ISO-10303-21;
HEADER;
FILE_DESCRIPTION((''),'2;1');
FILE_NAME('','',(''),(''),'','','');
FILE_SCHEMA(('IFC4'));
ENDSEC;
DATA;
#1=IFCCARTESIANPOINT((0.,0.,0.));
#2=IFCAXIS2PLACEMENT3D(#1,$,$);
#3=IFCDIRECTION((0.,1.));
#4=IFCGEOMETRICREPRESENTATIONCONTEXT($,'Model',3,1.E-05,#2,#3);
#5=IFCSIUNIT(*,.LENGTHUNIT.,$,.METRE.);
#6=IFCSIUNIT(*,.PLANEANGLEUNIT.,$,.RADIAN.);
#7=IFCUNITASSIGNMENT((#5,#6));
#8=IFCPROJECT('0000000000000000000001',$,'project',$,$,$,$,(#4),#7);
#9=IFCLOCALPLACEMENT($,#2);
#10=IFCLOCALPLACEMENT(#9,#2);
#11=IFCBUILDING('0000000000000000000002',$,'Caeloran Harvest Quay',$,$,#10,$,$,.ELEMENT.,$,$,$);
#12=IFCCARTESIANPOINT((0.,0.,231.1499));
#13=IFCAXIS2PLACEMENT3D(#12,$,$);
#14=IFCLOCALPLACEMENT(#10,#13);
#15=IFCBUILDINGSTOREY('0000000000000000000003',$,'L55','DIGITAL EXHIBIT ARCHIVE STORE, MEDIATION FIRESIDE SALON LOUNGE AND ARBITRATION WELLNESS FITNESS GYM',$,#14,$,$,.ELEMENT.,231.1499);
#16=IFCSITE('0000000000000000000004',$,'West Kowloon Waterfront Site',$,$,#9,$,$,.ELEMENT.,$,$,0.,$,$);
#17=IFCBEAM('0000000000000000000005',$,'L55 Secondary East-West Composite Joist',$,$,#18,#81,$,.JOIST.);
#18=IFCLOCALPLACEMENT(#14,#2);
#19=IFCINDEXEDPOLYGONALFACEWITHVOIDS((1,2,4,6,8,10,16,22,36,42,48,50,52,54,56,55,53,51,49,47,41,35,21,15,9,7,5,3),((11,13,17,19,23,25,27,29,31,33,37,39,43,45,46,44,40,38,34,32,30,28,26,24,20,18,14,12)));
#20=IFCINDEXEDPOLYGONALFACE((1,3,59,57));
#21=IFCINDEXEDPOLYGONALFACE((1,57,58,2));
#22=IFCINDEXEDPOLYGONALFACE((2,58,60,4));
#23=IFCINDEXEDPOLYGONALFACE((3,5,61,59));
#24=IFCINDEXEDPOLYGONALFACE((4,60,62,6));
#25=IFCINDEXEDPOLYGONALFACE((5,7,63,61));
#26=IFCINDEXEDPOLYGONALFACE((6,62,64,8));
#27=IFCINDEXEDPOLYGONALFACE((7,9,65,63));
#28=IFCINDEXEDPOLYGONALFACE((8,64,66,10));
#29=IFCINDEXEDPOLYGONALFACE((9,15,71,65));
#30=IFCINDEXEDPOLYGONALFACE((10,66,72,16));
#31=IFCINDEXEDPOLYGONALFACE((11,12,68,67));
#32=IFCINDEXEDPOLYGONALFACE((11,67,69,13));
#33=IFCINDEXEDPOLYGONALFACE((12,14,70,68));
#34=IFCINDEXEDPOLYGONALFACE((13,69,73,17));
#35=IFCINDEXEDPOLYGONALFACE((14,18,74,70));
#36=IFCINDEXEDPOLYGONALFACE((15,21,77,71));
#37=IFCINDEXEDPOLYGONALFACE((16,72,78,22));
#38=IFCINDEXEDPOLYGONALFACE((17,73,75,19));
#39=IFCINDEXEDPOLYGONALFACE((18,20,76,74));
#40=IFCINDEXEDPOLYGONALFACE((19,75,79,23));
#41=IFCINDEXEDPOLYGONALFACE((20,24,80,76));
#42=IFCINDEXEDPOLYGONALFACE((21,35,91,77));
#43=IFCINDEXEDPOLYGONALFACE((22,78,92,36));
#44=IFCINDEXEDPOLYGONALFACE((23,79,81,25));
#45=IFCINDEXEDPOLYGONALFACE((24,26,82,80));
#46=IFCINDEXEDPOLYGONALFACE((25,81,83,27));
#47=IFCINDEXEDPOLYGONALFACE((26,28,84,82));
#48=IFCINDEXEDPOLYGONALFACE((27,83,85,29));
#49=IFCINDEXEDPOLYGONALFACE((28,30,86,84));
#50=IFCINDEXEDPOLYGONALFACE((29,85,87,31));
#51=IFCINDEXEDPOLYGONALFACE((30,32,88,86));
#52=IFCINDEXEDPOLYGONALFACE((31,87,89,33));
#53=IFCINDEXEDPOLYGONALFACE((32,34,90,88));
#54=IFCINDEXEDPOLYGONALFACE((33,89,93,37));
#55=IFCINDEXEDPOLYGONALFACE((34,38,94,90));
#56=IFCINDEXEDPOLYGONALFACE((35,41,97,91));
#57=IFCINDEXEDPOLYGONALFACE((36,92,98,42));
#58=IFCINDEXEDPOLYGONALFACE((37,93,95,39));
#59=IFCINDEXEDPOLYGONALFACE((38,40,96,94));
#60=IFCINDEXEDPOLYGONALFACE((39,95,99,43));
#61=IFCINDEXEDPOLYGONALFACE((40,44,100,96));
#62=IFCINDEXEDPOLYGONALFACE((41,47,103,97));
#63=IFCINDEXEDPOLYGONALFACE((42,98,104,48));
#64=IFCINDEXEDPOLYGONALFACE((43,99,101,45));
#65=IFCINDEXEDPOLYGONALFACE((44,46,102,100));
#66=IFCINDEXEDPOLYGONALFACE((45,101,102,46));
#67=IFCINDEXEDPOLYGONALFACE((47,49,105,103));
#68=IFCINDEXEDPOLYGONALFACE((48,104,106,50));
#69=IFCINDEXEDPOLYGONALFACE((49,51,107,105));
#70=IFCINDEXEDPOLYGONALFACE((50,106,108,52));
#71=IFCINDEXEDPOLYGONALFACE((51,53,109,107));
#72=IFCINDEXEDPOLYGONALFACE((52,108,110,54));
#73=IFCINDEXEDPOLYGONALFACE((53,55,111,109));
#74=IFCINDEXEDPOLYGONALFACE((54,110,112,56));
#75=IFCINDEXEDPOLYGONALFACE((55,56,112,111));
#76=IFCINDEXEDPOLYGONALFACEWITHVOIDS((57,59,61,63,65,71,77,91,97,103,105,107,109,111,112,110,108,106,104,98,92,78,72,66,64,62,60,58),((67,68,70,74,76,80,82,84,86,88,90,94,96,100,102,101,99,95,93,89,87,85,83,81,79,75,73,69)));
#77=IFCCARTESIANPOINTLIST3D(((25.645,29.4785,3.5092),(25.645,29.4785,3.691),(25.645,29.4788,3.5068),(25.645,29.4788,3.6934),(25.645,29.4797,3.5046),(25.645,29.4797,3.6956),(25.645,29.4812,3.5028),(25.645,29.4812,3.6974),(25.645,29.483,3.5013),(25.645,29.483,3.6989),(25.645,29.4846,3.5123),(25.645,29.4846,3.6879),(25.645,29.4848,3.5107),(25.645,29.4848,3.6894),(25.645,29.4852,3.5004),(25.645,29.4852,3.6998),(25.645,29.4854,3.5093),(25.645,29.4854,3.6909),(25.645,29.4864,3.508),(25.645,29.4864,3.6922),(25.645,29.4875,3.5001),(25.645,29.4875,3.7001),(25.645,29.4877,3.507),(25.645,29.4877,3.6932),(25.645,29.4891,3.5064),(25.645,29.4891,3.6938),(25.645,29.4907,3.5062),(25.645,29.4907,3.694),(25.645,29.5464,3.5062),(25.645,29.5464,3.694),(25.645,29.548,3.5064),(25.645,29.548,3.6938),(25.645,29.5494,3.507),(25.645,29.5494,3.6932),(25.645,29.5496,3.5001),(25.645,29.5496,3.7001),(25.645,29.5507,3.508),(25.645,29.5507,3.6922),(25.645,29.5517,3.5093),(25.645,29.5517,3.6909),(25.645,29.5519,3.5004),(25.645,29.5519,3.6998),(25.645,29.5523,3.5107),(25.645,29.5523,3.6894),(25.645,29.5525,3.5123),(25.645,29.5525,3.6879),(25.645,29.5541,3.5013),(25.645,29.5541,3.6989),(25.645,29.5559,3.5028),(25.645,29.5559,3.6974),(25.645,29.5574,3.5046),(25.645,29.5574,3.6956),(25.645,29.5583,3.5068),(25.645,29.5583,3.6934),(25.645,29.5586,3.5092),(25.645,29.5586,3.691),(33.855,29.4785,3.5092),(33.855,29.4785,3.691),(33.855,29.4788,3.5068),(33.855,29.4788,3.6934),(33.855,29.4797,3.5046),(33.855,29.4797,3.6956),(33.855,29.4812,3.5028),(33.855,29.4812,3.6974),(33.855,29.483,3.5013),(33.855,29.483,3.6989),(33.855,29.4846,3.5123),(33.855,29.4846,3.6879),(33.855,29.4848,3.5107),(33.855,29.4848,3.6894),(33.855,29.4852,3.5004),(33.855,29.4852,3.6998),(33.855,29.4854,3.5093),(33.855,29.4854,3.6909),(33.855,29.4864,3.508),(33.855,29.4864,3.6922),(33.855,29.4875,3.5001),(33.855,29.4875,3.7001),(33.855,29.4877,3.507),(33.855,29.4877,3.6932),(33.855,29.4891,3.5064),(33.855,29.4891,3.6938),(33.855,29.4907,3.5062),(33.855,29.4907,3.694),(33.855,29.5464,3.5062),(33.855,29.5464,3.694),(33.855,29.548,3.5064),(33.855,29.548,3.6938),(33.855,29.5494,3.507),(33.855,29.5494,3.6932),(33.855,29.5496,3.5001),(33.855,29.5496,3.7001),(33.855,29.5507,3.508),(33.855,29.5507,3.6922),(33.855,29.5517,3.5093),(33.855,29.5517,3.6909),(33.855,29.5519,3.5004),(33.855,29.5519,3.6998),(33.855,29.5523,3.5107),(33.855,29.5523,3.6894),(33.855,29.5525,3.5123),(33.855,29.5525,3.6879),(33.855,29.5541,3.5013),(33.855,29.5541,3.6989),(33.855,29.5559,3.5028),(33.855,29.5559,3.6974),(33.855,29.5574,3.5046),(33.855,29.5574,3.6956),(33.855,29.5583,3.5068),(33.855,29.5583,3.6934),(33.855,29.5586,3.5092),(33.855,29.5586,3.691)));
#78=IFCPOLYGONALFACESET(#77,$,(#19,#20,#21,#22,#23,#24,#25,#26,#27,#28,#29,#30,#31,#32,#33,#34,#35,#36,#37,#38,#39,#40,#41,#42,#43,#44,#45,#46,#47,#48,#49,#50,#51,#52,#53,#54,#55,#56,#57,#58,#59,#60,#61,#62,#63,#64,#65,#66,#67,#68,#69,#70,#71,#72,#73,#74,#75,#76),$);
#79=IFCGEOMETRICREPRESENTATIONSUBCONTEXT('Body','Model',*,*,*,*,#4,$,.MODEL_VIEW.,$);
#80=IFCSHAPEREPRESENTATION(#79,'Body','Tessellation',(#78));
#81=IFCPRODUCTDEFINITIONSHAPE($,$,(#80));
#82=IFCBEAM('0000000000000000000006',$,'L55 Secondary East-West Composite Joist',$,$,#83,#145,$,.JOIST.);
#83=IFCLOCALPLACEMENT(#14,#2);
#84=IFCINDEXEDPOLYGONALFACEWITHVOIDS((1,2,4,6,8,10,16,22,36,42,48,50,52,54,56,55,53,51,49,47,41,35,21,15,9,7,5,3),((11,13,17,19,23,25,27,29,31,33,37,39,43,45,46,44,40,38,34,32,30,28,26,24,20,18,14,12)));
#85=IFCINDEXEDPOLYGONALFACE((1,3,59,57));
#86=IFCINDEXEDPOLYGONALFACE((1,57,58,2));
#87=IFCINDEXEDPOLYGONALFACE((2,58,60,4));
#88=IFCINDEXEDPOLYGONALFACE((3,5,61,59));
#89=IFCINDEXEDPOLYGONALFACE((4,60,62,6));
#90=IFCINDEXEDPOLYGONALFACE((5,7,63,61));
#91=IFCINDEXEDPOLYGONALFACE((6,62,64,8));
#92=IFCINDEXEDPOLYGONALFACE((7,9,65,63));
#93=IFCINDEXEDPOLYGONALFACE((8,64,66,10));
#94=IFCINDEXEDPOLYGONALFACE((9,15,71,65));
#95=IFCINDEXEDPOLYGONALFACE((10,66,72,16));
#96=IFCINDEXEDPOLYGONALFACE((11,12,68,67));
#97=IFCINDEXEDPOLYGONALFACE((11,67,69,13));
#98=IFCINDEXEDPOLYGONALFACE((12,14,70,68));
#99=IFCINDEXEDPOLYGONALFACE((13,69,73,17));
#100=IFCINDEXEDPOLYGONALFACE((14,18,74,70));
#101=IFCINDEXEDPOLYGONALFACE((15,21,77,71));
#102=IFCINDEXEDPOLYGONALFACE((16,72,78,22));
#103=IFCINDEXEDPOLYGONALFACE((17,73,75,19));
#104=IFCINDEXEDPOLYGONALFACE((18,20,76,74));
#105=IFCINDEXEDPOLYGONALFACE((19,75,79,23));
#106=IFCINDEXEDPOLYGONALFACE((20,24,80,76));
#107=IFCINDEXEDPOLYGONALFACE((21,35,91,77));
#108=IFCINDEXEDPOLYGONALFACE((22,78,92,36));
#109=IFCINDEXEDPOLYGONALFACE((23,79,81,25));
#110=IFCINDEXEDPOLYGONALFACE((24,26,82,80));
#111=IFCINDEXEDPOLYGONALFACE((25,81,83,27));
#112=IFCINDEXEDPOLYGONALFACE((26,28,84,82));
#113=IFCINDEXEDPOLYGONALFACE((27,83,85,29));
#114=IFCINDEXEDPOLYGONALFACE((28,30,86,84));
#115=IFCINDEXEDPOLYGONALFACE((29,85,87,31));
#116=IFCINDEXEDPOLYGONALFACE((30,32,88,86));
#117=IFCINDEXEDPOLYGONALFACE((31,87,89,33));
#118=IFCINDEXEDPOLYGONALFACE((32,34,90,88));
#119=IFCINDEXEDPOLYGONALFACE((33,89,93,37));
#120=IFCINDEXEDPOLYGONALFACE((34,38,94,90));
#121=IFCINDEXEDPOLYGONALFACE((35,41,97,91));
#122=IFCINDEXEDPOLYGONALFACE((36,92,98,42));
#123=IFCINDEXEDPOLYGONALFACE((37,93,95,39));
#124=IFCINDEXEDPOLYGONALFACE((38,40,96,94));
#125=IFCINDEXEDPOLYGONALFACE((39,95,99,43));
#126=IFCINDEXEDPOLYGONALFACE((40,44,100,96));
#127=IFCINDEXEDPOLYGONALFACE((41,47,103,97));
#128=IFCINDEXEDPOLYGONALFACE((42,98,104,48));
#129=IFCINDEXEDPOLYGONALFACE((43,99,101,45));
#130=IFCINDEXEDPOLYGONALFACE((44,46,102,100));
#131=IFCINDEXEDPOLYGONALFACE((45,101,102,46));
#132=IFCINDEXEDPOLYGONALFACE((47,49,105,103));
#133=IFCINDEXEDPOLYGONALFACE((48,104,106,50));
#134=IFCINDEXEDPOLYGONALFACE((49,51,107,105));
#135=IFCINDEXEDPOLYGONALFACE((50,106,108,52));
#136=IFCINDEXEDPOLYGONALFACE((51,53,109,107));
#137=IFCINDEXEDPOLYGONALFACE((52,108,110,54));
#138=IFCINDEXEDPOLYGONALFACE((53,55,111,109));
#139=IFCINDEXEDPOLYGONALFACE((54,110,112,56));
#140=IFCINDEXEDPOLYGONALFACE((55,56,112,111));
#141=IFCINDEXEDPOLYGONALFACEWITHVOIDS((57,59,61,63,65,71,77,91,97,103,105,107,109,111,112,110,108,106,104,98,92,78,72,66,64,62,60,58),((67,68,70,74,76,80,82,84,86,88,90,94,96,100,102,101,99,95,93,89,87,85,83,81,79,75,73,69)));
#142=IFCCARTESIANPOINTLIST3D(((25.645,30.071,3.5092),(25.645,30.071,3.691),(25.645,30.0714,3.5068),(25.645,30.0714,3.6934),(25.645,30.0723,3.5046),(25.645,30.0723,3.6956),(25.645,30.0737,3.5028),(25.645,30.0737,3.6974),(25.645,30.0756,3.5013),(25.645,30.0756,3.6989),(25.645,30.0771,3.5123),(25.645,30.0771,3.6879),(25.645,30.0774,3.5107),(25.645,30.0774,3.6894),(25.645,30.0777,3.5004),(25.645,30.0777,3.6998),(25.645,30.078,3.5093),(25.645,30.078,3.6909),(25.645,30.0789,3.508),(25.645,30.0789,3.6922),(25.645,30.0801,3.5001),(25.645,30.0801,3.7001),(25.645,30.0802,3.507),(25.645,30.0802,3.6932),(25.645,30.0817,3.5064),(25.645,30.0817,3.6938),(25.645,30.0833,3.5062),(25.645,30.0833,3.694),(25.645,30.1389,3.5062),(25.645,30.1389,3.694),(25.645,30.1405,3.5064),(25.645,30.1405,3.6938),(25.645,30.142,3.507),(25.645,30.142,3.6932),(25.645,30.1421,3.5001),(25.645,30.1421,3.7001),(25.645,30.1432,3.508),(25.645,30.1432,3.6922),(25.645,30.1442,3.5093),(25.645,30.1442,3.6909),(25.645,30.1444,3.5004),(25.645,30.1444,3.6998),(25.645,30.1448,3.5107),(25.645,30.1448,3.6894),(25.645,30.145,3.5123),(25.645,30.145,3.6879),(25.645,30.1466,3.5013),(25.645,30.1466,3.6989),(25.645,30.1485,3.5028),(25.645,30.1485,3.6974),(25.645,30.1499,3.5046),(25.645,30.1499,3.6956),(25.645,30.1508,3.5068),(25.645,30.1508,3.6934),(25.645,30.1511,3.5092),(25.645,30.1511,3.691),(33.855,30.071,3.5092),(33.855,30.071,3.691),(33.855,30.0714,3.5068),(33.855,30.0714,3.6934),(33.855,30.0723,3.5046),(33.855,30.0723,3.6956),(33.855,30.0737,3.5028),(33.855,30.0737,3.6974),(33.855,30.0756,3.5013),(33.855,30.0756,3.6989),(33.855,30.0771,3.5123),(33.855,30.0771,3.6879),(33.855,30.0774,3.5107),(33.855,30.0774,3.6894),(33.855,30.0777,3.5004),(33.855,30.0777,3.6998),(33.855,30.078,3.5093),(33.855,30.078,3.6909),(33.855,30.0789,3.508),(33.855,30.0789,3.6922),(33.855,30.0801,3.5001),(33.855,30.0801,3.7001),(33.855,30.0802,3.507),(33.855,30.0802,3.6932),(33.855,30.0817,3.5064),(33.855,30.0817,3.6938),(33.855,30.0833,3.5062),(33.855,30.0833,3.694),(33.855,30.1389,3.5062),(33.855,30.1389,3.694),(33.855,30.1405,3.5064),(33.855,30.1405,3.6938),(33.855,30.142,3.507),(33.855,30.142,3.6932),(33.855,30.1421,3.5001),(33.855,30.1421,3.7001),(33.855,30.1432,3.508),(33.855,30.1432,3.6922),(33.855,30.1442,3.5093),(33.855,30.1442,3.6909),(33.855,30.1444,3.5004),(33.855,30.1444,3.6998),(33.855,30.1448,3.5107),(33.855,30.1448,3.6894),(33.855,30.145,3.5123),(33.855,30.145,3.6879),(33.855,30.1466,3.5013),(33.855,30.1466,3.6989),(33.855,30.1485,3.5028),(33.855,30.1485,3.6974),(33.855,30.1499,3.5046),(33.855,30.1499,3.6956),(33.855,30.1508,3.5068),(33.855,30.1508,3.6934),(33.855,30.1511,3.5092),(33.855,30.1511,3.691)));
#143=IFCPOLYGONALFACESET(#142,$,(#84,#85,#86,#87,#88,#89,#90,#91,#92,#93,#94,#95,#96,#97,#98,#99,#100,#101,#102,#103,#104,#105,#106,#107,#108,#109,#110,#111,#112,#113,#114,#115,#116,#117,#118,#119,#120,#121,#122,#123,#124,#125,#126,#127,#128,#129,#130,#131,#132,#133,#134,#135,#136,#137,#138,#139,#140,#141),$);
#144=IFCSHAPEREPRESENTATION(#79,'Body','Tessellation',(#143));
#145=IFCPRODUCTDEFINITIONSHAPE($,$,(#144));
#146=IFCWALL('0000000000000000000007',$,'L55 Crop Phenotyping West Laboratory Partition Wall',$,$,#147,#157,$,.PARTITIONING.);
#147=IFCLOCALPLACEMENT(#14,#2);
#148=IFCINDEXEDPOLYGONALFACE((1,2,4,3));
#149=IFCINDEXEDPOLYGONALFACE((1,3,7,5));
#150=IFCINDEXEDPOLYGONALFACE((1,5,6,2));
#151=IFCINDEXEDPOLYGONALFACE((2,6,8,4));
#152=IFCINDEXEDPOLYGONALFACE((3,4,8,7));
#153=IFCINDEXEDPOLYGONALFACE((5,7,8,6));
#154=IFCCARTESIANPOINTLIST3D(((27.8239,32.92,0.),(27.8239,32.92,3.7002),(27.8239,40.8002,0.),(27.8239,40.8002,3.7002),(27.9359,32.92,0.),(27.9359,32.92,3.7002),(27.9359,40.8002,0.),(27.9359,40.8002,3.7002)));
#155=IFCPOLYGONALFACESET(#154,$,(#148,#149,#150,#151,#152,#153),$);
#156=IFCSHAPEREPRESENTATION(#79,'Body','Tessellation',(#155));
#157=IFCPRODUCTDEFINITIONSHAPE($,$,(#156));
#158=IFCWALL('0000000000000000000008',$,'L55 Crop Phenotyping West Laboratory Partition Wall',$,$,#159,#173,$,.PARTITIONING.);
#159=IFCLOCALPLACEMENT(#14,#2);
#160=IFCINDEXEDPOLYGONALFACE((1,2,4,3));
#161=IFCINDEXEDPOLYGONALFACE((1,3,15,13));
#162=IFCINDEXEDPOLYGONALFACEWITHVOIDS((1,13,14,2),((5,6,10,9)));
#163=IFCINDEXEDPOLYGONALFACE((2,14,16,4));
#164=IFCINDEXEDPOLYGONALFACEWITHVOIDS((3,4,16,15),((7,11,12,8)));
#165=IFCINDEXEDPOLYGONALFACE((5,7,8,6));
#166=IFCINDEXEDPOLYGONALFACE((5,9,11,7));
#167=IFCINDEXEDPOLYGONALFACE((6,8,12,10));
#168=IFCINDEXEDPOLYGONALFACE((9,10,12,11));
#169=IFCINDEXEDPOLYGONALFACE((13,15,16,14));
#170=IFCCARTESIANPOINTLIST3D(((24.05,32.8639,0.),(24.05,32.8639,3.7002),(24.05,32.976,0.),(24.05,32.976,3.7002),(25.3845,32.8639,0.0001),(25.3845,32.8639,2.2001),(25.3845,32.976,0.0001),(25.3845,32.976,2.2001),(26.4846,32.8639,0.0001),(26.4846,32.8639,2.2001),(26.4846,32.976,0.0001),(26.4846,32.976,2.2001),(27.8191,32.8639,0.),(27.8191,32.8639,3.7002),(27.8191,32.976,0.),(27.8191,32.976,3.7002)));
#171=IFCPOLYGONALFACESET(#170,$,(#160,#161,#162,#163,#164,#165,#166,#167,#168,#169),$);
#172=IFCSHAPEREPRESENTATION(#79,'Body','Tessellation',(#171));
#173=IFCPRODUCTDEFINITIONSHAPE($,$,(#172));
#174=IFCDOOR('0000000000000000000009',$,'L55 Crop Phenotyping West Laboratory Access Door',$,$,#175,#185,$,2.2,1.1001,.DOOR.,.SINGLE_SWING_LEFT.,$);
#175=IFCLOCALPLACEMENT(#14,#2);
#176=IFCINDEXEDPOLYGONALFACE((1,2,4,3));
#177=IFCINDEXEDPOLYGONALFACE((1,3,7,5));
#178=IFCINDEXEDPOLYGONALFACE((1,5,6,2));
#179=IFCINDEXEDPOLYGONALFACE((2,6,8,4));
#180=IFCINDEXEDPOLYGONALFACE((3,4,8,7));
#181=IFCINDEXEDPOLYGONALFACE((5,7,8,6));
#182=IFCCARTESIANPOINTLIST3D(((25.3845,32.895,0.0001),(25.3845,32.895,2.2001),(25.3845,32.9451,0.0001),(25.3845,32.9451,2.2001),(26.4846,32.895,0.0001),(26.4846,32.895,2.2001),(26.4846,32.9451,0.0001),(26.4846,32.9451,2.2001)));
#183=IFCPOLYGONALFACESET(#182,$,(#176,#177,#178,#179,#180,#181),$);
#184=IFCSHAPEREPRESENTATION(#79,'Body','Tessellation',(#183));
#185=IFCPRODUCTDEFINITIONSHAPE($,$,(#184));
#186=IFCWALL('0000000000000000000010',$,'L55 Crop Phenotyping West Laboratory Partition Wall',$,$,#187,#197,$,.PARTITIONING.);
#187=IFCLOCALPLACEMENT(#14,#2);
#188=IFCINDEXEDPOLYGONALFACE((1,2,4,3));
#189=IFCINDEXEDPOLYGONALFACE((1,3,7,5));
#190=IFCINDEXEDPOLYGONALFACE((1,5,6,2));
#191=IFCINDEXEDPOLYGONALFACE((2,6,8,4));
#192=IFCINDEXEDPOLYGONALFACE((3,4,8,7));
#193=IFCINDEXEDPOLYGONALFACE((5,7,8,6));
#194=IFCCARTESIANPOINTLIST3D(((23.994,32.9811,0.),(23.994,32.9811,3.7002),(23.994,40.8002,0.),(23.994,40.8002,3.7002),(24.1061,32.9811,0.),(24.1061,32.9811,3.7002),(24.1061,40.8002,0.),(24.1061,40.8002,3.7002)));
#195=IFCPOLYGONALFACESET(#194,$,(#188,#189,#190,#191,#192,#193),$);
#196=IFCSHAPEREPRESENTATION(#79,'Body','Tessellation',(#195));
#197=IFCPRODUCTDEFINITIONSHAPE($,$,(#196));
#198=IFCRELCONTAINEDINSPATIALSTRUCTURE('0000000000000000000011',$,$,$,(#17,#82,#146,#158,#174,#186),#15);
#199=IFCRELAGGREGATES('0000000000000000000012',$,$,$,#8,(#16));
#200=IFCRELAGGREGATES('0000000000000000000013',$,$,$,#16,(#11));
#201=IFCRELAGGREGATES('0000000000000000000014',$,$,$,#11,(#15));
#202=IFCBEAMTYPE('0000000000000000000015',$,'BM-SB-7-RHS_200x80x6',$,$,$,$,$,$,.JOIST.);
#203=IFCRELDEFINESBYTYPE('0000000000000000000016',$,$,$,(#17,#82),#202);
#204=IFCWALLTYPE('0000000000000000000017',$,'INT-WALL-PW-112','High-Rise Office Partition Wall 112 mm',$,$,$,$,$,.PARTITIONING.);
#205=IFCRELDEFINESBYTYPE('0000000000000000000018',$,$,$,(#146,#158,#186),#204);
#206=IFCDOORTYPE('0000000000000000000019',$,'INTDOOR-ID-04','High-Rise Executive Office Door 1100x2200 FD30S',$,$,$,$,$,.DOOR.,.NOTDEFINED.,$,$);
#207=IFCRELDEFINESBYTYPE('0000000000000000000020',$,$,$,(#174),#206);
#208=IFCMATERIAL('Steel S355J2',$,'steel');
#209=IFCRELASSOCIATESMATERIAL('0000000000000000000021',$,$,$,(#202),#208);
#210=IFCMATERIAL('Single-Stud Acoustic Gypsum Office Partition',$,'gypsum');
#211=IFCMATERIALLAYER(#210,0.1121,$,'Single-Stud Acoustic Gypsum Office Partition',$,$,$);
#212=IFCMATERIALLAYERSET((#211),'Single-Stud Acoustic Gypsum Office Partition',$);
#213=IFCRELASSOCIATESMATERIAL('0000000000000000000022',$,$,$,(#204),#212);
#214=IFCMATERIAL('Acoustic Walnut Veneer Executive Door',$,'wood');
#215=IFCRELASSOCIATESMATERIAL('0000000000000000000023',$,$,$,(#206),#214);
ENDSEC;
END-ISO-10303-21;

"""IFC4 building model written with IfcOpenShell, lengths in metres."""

from ifc_helpers import new_model, si_unit, direction, frame, frame_2d, origin, origin_2d, place, context, subcontext, project, spatial, rectangle, hollow_rectangle, extrude, material, layer, layer_set, material_profile, profile_set, type_object, element, fill, save


model = new_model("IFC4")

# Units and contexts
model_context = context("Model", 3, precision=1e-05, world=origin(), true_north=direction((0.0, 1.0)))
body_context = subcontext(model_context, "Body", "Model", "MODEL_VIEW")
ifc_project = project(units=[si_unit("LENGTHUNIT", "METRE"), si_unit("PLANEANGLEUNIT", "RADIAN")], contexts=[model_context])

# Site, building, storey
site_placement = place(None, origin())
site = spatial("IfcSite", under=ifc_project, at=site_placement, Name="West Kowloon Waterfront Site", CompositionType="ELEMENT", RefElevation=0.0)
building_placement = place(site_placement, origin())
building = spatial("IfcBuilding", under=site, at=building_placement, Name="Caeloran Harvest Quay", CompositionType="ELEMENT")
storey_placement = place(building_placement, frame((0.0, 0.0, 231.1499)))
storey = spatial("IfcBuildingStorey", under=building, at=storey_placement, Name="L55", Description="DIGITAL EXHIBIT ARCHIVE STORE, MEDIATION FIRESIDE SALON LOUNGE AND ARBITRATION WELLNESS FITNESS GYM", CompositionType="ELEMENT", Elevation=231.1499)

# Beams
ifc_material_1 = material(Name="Steel S355J2", Category="steel")
ifc_material_profile_1 = material_profile(ifc_material_1, hollow_rectangle(XDim=0.0801, YDim=0.2, WallThickness=0.0061, InnerFilletRadius=0.0061, OuterFilletRadius=0.009, at=origin_2d()), Name="RHS 200x80x6")
ifc_profile_set_1 = profile_set([ifc_material_profile_1], Name="Steel S355J2")
beam_type_1 = type_object("IfcBeamType", Name="BM-SB-7-RHS_200x80x6", PredefinedType="JOIST", material=ifc_profile_set_1)
for number, where, z_axis, x_axis, name in (
    (1, (25.645, 29.5186, 3.6001), (1.0, 0.0, 0.0), (0.0, 1.0, 0.0), "L55 Secondary East-West Composite Joist"),
    (2, (25.645, 30.1111, 3.6001), (1.0, 0.0, 0.0), (0.0, 1.0, 0.0), "L55 Secondary East-West Composite Joist"),
):
    element("IfcBeam", number, at=place(storey_placement, frame(where, z_axis=z_axis, x_axis=x_axis)), inside=storey, type_object=beam_type_1, Name=name, PredefinedType="JOIST", context=body_context, shape_type="SweptSolid", body=[
        extrude(hollow_rectangle(XDim=0.0801, YDim=0.2, WallThickness=0.0061, InnerFilletRadius=0.0061, OuterFilletRadius=0.009, at=origin_2d()), origin(), (0.0, 0.0, 1.0), 8.21),
    ])

# Wall
ifc_material_2 = material(Name="Single-Stud Acoustic Gypsum Office Partition", Category="gypsum")
ifc_layer_1 = layer(ifc_material_2, 0.1121, Name="Single-Stud Acoustic Gypsum Office Partition")
ifc_layer_set_1 = layer_set([ifc_layer_1], Name="Single-Stud Acoustic Gypsum Office Partition")
wall_type_1 = type_object("IfcWallType", Name="INT-WALL-PW-112", Description="High-Rise Office Partition Wall 112 mm", PredefinedType="PARTITIONING", material=ifc_layer_set_1)
wall_1_placement = place(storey_placement, frame((27.8799, 40.8, 0.0), z_axis=(0.0, 0.0, 1.0), x_axis=(0.0, -1.0, 0.0)))
element("IfcWall", 3, at=wall_1_placement, inside=storey, type_object=wall_type_1, Name="L55 Crop Phenotyping West Laboratory Partition Wall", PredefinedType="PARTITIONING", context=body_context, shape_type="SweptSolid", body=[
    extrude(rectangle(XDim=7.8801, YDim=0.1121, at=frame_2d((3.9399, 0.0))), origin(), (0.0, 0.0, 1.0), 3.7002),
])

# Wall, opening, door
wall_2_placement = place(storey_placement, frame((27.8191, 32.9199, 0.0), z_axis=(0.0, 0.0, 1.0), x_axis=(-1.0, 0.0, 0.0)))
wall_2 = element("IfcWall", 4, at=wall_2_placement, inside=storey, type_object=wall_type_1, Name="L55 Crop Phenotyping West Laboratory Partition Wall", PredefinedType="PARTITIONING", context=body_context, shape_type="SweptSolid", body=[
    extrude(rectangle(XDim=3.769, YDim=0.1121, at=frame_2d((1.8845, 0.0))), origin(), (0.0, 0.0, 1.0), 3.7002),
])
opening_1_placement = place(wall_2_placement, frame((1.3345, 0.0, 0.0)))
opening_1 = element("IfcOpeningElement", 5, at=opening_1_placement, cuts=wall_2, PredefinedType="OPENING", context=body_context, shape_type="SweptSolid", body=[
    extrude(rectangle(XDim=1.1001, YDim=2.2, at=frame_2d((0.55, 1.1001))), frame((0.0, 0.0659, 0.0), z_axis=(0.0, -1.0, 0.0), x_axis=(1.0, 0.0, 0.0)), (0.0, 0.0, 1.0), 0.1321),
])
ifc_material_3 = material(Name="Acoustic Walnut Veneer Executive Door", Category="wood")
door_type = type_object("IfcDoorType", Name="INTDOOR-ID-04", Description="High-Rise Executive Office Door 1100x2200 FD30S", OperationType="NOTDEFINED", PredefinedType="DOOR", material=ifc_material_3)
door_1_placement = place(opening_1_placement, origin())
door_1 = element("IfcDoor", 6, at=door_1_placement, inside=storey, type_object=door_type, Name="L55 Crop Phenotyping West Laboratory Access Door", OperationType="SINGLE_SWING_LEFT", OverallHeight=2.2, OverallWidth=1.1001, PredefinedType="DOOR", context=body_context, shape_type="SweptSolid", body=[
    extrude(rectangle(XDim=1.1001, YDim=2.2, at=frame_2d((0.55, 1.1001))), frame((0.0, 0.0249, 0.0), z_axis=(0.0, -1.0, 0.0), x_axis=(1.0, 0.0, 0.0)), (0.0, 0.0, 1.0), 0.05),
])
fill(opening_1, door_1)

# Wall
wall_3_placement = place(storey_placement, frame((24.05, 32.981, 0.0), z_axis=(0.0, 0.0, 1.0), x_axis=(0.0, 1.0, 0.0)))
element("IfcWall", 7, at=wall_3_placement, inside=storey, type_object=wall_type_1, Name="L55 Crop Phenotyping West Laboratory Partition Wall", PredefinedType="PARTITIONING", context=body_context, shape_type="SweptSolid", body=[
    extrude(rectangle(XDim=7.8191, YDim=0.1121, at=frame_2d((3.9097, 0.0))), origin(), (0.0, 0.0, 1.0), 3.7002),
])

save(model, "model.ifc")
